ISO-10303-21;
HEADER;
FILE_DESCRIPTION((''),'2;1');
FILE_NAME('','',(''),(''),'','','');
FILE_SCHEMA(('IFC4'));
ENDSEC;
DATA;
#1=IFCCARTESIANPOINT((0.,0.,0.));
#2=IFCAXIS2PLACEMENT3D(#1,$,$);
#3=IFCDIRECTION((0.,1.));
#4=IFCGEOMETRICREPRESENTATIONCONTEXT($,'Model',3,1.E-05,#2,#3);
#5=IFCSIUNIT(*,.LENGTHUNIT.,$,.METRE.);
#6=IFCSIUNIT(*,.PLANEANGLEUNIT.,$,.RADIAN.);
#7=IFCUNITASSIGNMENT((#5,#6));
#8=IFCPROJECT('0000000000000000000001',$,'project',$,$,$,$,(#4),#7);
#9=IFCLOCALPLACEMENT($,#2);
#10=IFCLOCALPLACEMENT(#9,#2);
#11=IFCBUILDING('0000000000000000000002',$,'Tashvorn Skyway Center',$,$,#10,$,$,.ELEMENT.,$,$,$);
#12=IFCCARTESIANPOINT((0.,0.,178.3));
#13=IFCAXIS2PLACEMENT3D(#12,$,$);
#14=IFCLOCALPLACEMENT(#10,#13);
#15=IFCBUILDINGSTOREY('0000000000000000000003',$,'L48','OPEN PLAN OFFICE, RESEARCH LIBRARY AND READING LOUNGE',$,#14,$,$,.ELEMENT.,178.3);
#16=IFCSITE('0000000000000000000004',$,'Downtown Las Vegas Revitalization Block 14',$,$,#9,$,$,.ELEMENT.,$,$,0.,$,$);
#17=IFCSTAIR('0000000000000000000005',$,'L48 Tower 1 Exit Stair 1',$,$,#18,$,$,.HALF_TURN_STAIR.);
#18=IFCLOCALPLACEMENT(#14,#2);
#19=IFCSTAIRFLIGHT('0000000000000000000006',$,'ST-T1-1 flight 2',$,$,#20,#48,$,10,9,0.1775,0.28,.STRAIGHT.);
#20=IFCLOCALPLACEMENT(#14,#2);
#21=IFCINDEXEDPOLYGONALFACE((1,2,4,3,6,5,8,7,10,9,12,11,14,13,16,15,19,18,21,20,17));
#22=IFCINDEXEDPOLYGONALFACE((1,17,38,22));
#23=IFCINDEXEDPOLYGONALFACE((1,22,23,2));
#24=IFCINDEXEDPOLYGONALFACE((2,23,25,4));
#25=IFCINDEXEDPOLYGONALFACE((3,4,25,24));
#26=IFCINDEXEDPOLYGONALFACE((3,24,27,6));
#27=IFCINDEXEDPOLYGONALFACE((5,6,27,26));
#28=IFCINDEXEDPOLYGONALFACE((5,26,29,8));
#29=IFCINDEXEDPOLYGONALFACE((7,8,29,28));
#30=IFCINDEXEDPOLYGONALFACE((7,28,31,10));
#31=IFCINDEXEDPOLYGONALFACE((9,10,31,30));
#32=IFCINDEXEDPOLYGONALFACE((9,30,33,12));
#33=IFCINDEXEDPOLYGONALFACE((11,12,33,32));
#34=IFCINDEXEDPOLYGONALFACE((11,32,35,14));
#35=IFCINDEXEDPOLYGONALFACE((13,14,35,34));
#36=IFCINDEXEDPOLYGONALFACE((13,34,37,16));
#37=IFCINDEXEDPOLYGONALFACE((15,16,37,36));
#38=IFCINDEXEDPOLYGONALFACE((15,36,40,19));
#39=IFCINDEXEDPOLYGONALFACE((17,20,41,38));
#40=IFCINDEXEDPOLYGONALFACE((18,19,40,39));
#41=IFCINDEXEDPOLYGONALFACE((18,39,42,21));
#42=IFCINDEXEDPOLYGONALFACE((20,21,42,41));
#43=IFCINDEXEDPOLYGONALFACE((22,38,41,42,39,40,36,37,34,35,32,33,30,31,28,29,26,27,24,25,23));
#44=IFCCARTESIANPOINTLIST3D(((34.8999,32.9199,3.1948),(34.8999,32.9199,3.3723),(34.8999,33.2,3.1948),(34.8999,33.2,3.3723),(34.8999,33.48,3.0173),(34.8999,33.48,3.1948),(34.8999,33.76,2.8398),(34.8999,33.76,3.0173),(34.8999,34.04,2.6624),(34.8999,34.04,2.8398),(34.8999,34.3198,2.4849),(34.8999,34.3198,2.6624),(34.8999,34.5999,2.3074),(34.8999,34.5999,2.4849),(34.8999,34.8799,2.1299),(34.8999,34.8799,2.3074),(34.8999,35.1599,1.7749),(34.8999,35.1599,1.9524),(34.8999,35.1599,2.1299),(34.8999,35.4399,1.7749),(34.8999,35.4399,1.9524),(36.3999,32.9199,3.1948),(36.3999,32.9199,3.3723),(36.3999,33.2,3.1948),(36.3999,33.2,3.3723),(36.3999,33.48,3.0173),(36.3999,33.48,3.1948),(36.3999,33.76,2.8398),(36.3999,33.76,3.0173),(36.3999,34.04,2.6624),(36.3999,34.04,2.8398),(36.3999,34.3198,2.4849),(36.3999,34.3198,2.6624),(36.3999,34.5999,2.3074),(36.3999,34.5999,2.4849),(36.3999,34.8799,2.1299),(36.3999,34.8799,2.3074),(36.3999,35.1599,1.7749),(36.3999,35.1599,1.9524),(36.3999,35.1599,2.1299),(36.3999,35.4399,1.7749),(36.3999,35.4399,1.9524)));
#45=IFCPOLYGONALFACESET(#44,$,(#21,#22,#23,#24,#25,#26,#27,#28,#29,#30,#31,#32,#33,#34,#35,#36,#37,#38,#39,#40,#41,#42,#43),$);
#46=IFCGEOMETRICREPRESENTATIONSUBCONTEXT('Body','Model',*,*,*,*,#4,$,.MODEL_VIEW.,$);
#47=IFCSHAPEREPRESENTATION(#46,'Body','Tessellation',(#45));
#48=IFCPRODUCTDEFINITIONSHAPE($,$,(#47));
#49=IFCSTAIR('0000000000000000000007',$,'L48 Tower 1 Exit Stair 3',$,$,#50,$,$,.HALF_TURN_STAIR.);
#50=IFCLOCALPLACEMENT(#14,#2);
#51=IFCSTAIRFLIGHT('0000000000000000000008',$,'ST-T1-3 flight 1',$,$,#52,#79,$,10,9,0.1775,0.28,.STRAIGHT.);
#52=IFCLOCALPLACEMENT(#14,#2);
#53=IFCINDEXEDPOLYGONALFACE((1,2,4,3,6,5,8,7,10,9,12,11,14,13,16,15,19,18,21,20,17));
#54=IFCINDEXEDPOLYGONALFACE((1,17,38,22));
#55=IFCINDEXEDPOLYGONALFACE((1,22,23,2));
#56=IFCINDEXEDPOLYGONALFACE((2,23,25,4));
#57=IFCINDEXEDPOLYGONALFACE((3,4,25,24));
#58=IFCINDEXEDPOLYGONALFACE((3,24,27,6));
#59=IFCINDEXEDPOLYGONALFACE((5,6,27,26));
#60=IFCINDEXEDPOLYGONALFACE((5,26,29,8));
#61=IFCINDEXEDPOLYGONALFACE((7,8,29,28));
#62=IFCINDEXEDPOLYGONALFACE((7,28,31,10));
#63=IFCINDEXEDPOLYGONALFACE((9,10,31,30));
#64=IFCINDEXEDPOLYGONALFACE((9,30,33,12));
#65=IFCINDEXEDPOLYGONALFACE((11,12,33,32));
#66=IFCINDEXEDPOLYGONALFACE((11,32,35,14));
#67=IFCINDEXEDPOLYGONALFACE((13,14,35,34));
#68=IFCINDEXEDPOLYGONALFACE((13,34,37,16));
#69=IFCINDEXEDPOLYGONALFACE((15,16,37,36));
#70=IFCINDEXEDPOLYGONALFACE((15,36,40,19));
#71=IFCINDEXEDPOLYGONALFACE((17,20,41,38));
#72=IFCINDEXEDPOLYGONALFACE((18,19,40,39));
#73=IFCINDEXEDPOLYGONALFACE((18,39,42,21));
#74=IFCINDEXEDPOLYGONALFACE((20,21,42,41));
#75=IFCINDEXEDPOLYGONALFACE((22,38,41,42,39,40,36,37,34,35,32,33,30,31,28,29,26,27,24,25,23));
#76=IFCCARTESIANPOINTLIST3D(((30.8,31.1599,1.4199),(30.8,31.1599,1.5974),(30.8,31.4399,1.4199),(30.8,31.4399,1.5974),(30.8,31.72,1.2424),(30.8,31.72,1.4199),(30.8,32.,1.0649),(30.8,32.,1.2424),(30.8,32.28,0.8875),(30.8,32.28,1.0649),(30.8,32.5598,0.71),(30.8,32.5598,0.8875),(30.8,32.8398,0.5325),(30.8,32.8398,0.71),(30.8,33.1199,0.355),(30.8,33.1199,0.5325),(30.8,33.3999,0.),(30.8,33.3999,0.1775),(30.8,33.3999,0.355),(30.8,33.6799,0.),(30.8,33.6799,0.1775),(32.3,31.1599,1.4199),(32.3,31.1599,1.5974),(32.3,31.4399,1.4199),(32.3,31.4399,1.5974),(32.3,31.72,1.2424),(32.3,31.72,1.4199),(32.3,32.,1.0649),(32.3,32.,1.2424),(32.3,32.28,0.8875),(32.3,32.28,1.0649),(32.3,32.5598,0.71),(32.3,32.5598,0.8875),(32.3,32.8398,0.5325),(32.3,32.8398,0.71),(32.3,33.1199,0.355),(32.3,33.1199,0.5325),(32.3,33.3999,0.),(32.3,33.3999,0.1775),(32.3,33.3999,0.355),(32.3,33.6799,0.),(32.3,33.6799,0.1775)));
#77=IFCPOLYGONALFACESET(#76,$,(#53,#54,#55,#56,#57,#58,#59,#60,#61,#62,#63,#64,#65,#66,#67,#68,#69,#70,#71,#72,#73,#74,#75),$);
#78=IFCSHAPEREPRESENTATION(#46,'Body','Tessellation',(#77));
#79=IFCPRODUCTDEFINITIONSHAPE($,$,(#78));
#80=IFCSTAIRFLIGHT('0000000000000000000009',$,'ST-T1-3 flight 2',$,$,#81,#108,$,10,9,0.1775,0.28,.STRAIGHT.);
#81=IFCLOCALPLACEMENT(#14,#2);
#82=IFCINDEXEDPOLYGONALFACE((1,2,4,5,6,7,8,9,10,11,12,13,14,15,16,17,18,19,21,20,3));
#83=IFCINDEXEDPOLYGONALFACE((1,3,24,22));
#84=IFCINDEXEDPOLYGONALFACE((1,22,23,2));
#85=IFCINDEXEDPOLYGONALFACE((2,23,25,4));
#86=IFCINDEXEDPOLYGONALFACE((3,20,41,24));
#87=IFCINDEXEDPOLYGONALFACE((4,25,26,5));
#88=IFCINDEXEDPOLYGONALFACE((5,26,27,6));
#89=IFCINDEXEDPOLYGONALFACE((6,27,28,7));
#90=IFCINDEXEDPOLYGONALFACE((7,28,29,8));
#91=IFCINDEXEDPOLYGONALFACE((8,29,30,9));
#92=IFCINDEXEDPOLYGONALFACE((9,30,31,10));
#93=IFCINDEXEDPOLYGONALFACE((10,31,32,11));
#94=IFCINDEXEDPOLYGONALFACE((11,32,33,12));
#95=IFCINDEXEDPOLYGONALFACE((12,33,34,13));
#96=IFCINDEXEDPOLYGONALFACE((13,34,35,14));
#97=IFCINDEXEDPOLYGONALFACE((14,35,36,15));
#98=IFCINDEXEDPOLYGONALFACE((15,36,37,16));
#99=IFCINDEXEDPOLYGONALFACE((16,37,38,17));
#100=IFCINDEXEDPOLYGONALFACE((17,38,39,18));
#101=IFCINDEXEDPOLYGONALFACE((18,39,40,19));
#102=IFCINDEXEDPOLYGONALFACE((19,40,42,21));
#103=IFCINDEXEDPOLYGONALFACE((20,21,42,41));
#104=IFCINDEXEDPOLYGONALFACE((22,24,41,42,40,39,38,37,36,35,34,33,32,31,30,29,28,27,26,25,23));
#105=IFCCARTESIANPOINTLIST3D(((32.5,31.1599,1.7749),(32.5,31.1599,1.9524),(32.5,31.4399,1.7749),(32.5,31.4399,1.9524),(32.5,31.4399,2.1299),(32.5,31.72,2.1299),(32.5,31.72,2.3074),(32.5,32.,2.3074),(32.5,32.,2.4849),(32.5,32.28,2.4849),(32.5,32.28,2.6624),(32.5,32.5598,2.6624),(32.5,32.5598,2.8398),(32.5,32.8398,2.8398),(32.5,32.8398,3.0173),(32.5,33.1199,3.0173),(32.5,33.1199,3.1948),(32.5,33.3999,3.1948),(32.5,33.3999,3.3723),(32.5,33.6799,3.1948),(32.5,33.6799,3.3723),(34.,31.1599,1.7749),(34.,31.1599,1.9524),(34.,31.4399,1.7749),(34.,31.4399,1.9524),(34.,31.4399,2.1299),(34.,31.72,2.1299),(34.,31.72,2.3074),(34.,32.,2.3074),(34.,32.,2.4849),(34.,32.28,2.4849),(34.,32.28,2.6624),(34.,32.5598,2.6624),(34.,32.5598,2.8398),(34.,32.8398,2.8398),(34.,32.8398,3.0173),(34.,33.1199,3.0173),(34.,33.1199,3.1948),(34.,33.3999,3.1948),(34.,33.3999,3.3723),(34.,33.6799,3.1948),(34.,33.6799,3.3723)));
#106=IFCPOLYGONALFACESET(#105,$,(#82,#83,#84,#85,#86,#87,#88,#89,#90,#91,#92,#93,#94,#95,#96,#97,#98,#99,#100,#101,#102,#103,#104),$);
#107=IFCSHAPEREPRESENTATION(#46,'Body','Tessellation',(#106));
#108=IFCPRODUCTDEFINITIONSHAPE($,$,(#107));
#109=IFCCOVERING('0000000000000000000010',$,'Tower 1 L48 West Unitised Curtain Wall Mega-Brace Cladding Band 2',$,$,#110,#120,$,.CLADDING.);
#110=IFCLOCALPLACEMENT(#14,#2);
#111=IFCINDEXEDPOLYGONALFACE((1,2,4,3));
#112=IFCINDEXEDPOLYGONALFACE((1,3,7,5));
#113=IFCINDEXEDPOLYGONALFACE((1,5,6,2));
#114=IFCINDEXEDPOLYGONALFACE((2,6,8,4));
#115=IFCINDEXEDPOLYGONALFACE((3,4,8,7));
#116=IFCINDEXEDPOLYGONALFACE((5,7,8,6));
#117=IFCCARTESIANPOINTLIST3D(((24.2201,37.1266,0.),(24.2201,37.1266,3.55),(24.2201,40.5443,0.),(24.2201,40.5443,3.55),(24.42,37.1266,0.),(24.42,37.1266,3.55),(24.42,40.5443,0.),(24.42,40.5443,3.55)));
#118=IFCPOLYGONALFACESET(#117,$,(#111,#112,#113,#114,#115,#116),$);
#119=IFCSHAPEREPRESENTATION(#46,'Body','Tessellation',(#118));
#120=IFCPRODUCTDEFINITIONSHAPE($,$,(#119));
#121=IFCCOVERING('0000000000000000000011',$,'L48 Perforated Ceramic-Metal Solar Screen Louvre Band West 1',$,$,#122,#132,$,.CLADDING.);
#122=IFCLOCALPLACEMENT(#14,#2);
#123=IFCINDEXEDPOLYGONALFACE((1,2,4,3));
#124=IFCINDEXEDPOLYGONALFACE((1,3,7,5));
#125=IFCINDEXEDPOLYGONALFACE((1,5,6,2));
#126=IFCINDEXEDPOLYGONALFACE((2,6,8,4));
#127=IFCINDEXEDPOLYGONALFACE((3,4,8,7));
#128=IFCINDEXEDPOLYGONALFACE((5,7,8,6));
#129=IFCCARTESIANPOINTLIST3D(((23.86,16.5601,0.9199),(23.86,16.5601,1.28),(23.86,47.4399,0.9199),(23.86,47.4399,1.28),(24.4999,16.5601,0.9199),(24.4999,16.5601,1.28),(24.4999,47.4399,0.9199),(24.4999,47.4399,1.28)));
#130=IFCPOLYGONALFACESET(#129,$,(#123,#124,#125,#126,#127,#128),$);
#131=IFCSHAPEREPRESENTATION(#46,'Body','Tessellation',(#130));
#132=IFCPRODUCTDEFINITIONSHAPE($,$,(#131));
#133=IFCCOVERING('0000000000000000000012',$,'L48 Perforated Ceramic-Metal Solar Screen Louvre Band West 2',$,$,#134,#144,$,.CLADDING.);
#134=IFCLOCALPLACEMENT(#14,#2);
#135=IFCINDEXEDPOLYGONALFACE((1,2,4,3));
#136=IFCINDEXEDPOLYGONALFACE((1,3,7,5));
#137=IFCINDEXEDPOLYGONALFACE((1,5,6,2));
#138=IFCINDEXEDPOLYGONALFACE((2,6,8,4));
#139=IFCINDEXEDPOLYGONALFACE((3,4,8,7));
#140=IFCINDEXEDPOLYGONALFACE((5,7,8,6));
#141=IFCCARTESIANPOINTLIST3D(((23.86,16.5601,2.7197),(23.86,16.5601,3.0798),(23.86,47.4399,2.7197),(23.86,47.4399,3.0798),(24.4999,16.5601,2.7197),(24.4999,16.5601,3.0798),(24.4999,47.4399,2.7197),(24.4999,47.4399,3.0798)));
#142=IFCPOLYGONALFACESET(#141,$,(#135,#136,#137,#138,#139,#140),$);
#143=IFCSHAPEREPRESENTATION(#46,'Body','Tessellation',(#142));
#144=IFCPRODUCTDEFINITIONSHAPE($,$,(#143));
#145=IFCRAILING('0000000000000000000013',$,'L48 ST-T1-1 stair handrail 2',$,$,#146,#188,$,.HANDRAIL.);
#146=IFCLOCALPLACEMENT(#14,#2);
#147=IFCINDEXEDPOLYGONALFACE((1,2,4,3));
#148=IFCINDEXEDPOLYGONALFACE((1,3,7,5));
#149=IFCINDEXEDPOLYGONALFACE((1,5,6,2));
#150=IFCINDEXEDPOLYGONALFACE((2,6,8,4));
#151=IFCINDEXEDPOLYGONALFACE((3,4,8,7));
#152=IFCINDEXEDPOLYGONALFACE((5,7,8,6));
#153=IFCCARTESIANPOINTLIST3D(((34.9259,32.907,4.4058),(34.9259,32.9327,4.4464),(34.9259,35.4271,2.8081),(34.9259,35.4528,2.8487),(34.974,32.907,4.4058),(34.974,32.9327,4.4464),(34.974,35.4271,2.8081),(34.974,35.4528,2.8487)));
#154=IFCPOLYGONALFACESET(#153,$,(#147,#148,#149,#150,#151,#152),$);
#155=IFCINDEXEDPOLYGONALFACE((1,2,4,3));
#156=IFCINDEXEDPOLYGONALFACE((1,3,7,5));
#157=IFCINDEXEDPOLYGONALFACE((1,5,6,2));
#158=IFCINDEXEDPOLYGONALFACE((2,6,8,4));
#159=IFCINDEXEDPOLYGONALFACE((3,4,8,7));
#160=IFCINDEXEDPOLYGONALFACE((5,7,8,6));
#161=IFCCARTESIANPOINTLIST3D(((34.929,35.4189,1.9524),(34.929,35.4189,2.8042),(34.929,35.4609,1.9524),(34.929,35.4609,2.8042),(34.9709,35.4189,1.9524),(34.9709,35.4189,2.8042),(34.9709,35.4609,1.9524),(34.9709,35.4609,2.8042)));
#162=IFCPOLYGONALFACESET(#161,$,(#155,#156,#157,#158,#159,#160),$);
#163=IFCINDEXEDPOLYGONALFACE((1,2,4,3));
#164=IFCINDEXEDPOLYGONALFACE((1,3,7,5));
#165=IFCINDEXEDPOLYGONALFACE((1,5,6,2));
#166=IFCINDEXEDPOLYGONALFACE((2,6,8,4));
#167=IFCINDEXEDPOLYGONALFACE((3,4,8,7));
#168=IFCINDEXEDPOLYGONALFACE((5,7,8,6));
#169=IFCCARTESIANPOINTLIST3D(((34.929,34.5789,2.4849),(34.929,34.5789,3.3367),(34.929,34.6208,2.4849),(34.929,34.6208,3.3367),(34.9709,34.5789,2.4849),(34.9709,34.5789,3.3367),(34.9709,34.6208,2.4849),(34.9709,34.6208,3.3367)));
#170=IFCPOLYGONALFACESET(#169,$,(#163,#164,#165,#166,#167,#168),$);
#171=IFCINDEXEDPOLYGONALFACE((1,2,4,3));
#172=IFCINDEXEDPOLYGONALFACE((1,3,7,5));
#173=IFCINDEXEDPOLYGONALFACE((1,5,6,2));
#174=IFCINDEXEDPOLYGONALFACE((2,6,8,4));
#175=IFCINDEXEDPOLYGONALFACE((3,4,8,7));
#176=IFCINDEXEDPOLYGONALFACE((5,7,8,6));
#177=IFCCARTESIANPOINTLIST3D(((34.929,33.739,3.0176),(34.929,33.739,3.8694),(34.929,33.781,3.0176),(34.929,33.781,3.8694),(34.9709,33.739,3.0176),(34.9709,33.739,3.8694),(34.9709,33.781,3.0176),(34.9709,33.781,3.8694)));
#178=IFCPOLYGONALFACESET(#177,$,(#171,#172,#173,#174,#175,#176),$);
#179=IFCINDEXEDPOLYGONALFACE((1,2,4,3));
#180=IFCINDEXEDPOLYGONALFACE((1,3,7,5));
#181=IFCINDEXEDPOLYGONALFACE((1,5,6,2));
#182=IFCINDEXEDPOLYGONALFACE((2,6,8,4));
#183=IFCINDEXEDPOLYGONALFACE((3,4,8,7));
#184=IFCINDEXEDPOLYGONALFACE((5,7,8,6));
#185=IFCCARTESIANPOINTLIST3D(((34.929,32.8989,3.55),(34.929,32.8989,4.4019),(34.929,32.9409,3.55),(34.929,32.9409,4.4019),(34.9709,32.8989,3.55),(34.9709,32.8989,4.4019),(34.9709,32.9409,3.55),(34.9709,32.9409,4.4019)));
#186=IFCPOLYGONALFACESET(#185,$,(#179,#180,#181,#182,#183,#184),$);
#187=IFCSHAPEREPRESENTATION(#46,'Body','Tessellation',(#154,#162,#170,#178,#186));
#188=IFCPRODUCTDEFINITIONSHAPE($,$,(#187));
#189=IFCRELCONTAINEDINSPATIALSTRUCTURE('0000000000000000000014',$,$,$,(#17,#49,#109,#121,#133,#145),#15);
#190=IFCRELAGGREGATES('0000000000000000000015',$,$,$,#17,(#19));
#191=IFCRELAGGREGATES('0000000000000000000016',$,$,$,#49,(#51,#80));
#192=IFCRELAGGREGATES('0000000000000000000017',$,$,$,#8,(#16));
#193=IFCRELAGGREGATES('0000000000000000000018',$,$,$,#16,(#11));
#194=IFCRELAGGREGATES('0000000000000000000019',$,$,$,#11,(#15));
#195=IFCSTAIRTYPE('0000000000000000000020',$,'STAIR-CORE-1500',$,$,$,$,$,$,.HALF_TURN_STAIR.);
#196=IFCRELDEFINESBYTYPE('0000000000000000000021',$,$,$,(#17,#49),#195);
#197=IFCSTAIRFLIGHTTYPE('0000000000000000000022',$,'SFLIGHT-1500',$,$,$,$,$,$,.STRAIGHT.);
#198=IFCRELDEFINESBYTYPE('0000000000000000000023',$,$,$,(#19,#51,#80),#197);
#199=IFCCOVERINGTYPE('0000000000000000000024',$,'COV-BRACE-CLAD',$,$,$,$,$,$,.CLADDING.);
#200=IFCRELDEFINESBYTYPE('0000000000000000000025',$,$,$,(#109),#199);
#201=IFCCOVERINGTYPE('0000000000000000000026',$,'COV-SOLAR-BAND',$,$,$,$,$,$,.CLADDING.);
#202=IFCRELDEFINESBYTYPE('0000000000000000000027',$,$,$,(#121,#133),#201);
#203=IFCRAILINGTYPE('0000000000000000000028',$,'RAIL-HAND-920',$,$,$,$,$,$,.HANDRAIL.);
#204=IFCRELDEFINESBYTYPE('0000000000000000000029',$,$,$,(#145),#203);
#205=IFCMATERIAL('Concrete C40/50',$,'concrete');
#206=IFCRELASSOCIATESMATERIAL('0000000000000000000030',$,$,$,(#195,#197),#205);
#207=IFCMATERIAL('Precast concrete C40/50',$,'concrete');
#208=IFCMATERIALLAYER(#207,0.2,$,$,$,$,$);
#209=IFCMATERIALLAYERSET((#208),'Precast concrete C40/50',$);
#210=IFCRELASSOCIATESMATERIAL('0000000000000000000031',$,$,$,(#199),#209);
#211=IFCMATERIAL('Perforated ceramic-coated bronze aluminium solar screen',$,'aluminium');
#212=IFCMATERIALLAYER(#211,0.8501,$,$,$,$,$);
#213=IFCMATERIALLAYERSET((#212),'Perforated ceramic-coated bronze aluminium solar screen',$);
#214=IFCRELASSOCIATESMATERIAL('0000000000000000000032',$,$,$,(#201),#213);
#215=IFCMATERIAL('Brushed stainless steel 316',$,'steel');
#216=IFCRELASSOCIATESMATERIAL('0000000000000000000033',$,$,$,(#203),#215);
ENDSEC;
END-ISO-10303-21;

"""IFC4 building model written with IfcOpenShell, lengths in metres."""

from ifc_helpers import new_model, si_unit, direction, frame, origin, origin_2d, place, context, subcontext, project, spatial, polyline, rectangle, outline, extrude, material, layer, layer_set, type_object, element, aggregate, save


model = new_model("IFC4")

# Units and contexts
model_context = context("Model", 3, precision=1e-05, world=origin(), true_north=direction((0.0, 1.0)))
body_context = subcontext(model_context, "Body", "Model", "MODEL_VIEW")
ifc_project = project(units=[si_unit("LENGTHUNIT", "METRE"), si_unit("PLANEANGLEUNIT", "RADIAN")], contexts=[model_context])

# Site, building, storey
site_placement = place(None, origin())
site = spatial("IfcSite", under=ifc_project, at=site_placement, Name="Downtown Las Vegas Revitalization Block 14", CompositionType="ELEMENT", RefElevation=0.0)
building_placement = place(site_placement, origin())
building = spatial("IfcBuilding", under=site, at=building_placement, Name="Tashvorn Skyway Center", CompositionType="ELEMENT")
storey_placement = place(building_placement, frame((0.0, 0.0, 178.3)))
storey = spatial("IfcBuildingStorey", under=building, at=storey_placement, Name="L48", Description="OPEN PLAN OFFICE, RESEARCH LIBRARY AND READING LOUNGE", CompositionType="ELEMENT", Elevation=178.3)

# Shared definitions
ifc_material_1 = material(Name="Concrete C40/50", Category="concrete")

# Stair, stair flight
stair_type = type_object("IfcStairType", Name="STAIR-CORE-1500", PredefinedType="HALF_TURN_STAIR", material=ifc_material_1)
stair_1_placement = place(storey_placement, origin())
stair_1 = element("IfcStair", 1, at=stair_1_placement, inside=storey, type_object=stair_type, Name="L48 Tower 1 Exit Stair 1", PredefinedType="HALF_TURN_STAIR")
stair_flight_type = type_object("IfcStairFlightType", Name="SFLIGHT-1500", PredefinedType="STRAIGHT", material=ifc_material_1)
stair_flight_1_placement = place(storey_placement, frame((35.6499, 35.4399, 1.7749), z_axis=(0.0, 0.0, 1.0), x_axis=(0.0, -1.0, 0.0)))
stair_flight_1 = element("IfcStairFlight", 2, at=stair_flight_1_placement, type_object=stair_flight_type, Name="ST-T1-1 flight 2", NumberOfRisers=10, NumberOfTreads=9, PredefinedType="STRAIGHT", RiserHeight=0.1775, TreadLength=0.28, context=body_context, shape_type="SweptSolid", body=[
    extrude(outline(polyline([(0.0, 0.0), (0.0, 0.1775), (0.28, 0.1775), (0.28, 0.355), (0.5601, 0.355), (0.5601, 0.5325), (0.8401, 0.5325), (0.8401, 0.71), (1.1201, 0.71), (1.1201, 0.8875), (1.3999, 0.8875), (1.3999, 1.0649), (1.6799, 1.0649), (1.6799, 1.2424), (1.96, 1.2424), (1.96, 1.4199), (2.24, 1.4199), (2.24, 1.5974), (2.52, 1.5974), (2.52, 1.7749), (2.52, 1.4199), (0.28, 0.0), (0.0, 0.0)])), frame((0.0, 0.75, 0.0), z_axis=(0.0, -1.0, 0.0), x_axis=(1.0, 0.0, 0.0)), (0.0, 0.0, 1.0), 1.5),
])
aggregate(stair_1, [stair_flight_1])

# Stair, stair flights
stair_2_placement = place(storey_placement, origin())
stair_2 = element("IfcStair", 3, at=stair_2_placement, inside=storey, type_object=stair_type, Name="L48 Tower 1 Exit Stair 3", PredefinedType="HALF_TURN_STAIR")
stair_flight_2_placement = place(storey_placement, frame((31.55, 33.6799, 0.0), z_axis=(0.0, 0.0, 1.0), x_axis=(0.0, -1.0, 0.0)))
stair_flight_2 = element("IfcStairFlight", 4, at=stair_flight_2_placement, type_object=stair_flight_type, Name="ST-T1-3 flight 1", NumberOfRisers=10, NumberOfTreads=9, PredefinedType="STRAIGHT", RiserHeight=0.1775, TreadLength=0.28, context=body_context, shape_type="SweptSolid", body=[
    extrude(outline(polyline([(0.0, 0.0), (0.0, 0.1775), (0.28, 0.1775), (0.28, 0.355), (0.5601, 0.355), (0.5601, 0.5325), (0.8401, 0.5325), (0.8401, 0.71), (1.1201, 0.71), (1.1201, 0.8875), (1.3999, 0.8875), (1.3999, 1.0649), (1.6799, 1.0649), (1.6799, 1.2424), (1.96, 1.2424), (1.96, 1.4199), (2.24, 1.4199), (2.24, 1.5974), (2.52, 1.5974), (2.52, 1.7749), (2.52, 1.4199), (0.28, 0.0), (0.0, 0.0)])), frame((0.0, 0.75, 0.0), z_axis=(0.0, -1.0, 0.0), x_axis=(1.0, 0.0, 0.0)), (0.0, 0.0, 1.0), 1.5),
])
stair_flight_3_placement = place(storey_placement, frame((33.25, 31.1599, 1.7749), z_axis=(0.0, 0.0, 1.0), x_axis=(0.0, 1.0, 0.0)))
stair_flight_3 = element("IfcStairFlight", 5, at=stair_flight_3_placement, type_object=stair_flight_type, Name="ST-T1-3 flight 2", NumberOfRisers=10, NumberOfTreads=9, PredefinedType="STRAIGHT", RiserHeight=0.1775, TreadLength=0.28, context=body_context, shape_type="SweptSolid", body=[
    extrude(outline(polyline([(0.0, 0.0), (0.0, 0.1775), (0.28, 0.1775), (0.28, 0.355), (0.5601, 0.355), (0.5601, 0.5325), (0.8401, 0.5325), (0.8401, 0.71), (1.1201, 0.71), (1.1201, 0.8875), (1.3999, 0.8875), (1.3999, 1.0649), (1.6799, 1.0649), (1.6799, 1.2424), (1.96, 1.2424), (1.96, 1.4199), (2.24, 1.4199), (2.24, 1.5974), (2.52, 1.5974), (2.52, 1.7749), (2.52, 1.4199), (0.28, 0.0), (0.0, 0.0)])), frame((0.0, 0.75, 0.0), z_axis=(0.0, -1.0, 0.0), x_axis=(1.0, 0.0, 0.0)), (0.0, 0.0, 1.0), 1.5),
])
aggregate(stair_2, [stair_flight_2, stair_flight_3])

# Coverings
ifc_material_2 = material(Name="Precast concrete C40/50", Category="concrete")
ifc_layer_1 = layer(ifc_material_2, 0.2)
ifc_layer_set_1 = layer_set([ifc_layer_1], Name="Precast concrete C40/50")
covering_type_1 = type_object("IfcCoveringType", Name="COV-BRACE-CLAD", PredefinedType="CLADDING", material=ifc_layer_set_1)
covering_placement = place(storey_placement, frame((24.3201, 38.8354, 0.0), z_axis=(0.0, 0.0, 1.0), x_axis=(0.0, 1.0, 0.0)))
element("IfcCovering", 6, at=covering_placement, inside=storey, type_object=covering_type_1, Name="Tower 1 L48 West Unitised Curtain Wall Mega-Brace Cladding Band 2", PredefinedType="CLADDING", context=body_context, shape_type="SweptSolid", body=[
    extrude(rectangle(XDim=3.4177, YDim=0.2, at=origin_2d()), origin(), (0.0, 0.0, 1.0), 3.55),
])
ifc_material_3 = material(Name="Perforated ceramic-coated bronze aluminium solar screen", Category="aluminium")
ifc_layer_2 = layer(ifc_material_3, 0.8501)
ifc_layer_set_2 = layer_set([ifc_layer_2], Name="Perforated ceramic-coated bronze aluminium solar screen")
covering_type_2 = type_object("IfcCoveringType", Name="COV-SOLAR-BAND", PredefinedType="CLADDING", material=ifc_layer_set_2)
for number, where, z_axis, x_axis, name in (
    (7, (24.1799, 32.0, 0.9199), (0.0, 0.0, 1.0), (0.0, 1.0, 0.0), "L48 Perforated Ceramic-Metal Solar Screen Louvre Band West 1"),
    (8, (24.1799, 32.0, 2.7197), (0.0, 0.0, 1.0), (0.0, 1.0, 0.0), "L48 Perforated Ceramic-Metal Solar Screen Louvre Band West 2"),
):
    element("IfcCovering", number, at=place(storey_placement, frame(where, z_axis=z_axis, x_axis=x_axis)), inside=storey, type_object=covering_type_2, Name=name, PredefinedType="CLADDING", context=body_context, shape_type="SweptSolid", body=[
        extrude(rectangle(XDim=30.8799, YDim=0.6399, at=origin_2d()), origin(), (0.0, 0.0, 1.0), 0.3601),
    ])

# Railing
ifc_material_4 = material(Name="Brushed stainless steel 316", Category="steel")
railing_type_1 = type_object("IfcRailingType", Name="RAIL-HAND-920", PredefinedType="HANDRAIL", material=ifc_material_4)
railing_1_placement = place(storey_placement, frame((34.95, 35.4399, 1.9524)))
element("IfcRailing", 9, at=railing_1_placement, inside=storey, type_object=railing_type_1, Name="L48 ST-T1-1 stair handrail 2", PredefinedType="HANDRAIL", context=body_context, shape_type="SweptSolid", body=[
    extrude(rectangle(XDim=0.0481, YDim=0.0481, at=origin_2d()), frame((0.0, 0.0, 0.876), z_axis=(0.0, -0.84457, 0.535445), x_axis=(1.0, 0.0, 0.0)), (0.0, 0.0, 1.0), 2.9839),
    extrude(rectangle(XDim=0.042, YDim=0.042, at=origin_2d()), origin(), (0.0, 0.0, 1.0), 0.8518),
    extrude(rectangle(XDim=0.042, YDim=0.042, at=origin_2d()), frame((0.0, -0.8401, 0.5325)), (0.0, 0.0, 1.0), 0.8518),
    extrude(rectangle(XDim=0.042, YDim=0.042, at=origin_2d()), frame((0.0, -1.6799, 1.0652)), (0.0, 0.0, 1.0), 0.8518),
    extrude(rectangle(XDim=0.042, YDim=0.042, at=origin_2d()), frame((0.0, -2.52, 1.5977)), (0.0, 0.0, 1.0), 0.8518),
])

save(model, "model.ifc")
